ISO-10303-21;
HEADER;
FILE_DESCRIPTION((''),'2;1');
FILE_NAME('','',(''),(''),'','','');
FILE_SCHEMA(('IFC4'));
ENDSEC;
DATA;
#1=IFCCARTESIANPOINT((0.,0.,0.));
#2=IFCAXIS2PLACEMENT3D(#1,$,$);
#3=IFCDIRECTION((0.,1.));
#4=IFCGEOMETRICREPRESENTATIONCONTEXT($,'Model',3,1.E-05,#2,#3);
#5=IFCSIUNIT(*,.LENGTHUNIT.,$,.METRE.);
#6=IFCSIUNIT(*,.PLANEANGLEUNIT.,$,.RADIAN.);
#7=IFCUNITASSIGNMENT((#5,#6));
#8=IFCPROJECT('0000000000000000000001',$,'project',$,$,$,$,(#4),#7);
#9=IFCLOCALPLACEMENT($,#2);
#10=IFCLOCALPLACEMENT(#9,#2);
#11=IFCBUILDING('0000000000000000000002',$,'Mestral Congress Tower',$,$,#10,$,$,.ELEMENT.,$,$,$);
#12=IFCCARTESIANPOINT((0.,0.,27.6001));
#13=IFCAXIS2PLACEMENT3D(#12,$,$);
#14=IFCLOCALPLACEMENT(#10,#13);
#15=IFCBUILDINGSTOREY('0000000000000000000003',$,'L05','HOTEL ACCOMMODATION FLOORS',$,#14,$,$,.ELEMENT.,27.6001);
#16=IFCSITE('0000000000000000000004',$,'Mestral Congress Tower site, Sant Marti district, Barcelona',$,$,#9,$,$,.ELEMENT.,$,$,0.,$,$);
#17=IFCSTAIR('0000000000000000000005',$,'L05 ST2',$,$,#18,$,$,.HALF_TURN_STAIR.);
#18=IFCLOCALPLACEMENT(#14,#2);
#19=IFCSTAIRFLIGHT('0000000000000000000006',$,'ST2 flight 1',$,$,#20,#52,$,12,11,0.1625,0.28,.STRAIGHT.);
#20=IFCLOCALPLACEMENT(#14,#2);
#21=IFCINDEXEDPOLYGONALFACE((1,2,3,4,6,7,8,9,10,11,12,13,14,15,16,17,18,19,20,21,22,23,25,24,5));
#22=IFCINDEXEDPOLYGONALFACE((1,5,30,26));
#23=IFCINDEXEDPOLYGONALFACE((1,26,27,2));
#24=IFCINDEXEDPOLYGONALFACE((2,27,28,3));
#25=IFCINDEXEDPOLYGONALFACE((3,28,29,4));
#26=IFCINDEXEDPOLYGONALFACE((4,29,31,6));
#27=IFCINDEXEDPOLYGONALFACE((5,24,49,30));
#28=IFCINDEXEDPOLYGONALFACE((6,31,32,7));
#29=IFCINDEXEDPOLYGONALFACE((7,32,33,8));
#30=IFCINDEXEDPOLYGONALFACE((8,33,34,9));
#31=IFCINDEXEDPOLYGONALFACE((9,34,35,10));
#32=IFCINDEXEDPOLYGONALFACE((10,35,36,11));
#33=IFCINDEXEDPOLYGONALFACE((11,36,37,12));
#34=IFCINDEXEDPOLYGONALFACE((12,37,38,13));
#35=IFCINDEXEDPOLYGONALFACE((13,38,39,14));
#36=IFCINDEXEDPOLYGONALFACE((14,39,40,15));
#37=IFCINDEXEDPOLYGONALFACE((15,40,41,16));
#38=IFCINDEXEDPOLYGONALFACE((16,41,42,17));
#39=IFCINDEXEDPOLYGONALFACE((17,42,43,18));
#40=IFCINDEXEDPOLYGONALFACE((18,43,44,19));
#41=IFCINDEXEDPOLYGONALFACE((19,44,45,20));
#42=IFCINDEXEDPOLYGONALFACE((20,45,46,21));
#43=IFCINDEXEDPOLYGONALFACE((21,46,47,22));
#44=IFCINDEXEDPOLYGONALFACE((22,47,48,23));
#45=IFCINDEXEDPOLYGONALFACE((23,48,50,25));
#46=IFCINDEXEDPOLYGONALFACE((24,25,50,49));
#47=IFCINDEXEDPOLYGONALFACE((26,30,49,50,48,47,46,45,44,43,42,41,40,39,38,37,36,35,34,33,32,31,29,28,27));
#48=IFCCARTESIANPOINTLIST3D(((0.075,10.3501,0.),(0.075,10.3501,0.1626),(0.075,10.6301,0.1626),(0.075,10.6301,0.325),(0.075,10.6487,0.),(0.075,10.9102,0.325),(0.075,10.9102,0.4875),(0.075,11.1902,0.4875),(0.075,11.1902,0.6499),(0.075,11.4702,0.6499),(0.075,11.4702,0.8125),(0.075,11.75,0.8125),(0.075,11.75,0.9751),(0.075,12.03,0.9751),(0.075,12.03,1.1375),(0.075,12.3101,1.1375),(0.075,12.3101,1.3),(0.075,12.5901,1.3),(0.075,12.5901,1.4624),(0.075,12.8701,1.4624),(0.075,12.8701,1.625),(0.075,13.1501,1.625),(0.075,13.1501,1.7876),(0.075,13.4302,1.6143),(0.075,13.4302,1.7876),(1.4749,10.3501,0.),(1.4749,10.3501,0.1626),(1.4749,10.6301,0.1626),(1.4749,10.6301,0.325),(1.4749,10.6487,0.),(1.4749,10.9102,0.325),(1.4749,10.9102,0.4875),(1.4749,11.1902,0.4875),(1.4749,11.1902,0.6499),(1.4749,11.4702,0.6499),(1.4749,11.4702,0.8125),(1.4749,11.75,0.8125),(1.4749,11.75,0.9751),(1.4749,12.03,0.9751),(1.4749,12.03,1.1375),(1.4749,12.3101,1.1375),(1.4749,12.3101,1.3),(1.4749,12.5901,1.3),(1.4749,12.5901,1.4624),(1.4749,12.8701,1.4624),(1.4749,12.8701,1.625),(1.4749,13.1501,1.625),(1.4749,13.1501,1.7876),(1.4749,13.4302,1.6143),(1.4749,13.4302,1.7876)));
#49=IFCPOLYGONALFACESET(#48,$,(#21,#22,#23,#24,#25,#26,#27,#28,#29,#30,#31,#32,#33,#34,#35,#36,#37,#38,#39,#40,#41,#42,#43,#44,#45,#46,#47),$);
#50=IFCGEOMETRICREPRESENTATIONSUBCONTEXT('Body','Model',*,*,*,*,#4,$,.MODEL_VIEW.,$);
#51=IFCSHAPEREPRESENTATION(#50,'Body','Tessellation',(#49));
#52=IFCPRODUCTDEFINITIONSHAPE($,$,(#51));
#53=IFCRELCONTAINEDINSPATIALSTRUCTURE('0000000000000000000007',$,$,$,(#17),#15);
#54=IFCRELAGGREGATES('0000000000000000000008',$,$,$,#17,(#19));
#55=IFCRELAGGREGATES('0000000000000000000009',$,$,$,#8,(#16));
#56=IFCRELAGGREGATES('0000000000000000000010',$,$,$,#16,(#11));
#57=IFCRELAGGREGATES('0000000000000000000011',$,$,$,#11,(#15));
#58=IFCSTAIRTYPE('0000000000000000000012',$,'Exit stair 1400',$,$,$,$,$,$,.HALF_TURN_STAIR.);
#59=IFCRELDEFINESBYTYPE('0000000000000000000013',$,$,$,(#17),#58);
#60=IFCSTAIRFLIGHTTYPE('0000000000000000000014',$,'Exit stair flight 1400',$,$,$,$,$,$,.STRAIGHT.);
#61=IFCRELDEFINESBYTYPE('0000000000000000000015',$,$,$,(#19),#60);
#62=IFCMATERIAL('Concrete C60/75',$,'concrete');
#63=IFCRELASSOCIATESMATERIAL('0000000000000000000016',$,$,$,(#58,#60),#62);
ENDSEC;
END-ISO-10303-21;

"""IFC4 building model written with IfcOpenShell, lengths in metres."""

from ifc_helpers import new_model, si_unit, direction, frame, origin, place, context, subcontext, project, spatial, polyline, outline, extrude, material, type_object, element, aggregate, save


model = new_model("IFC4")

# Units and contexts
model_context = context("Model", 3, precision=1e-05, world=origin(), true_north=direction((0.0, 1.0)))
body_context = subcontext(model_context, "Body", "Model", "MODEL_VIEW")
ifc_project = project(units=[si_unit("LENGTHUNIT", "METRE"), si_unit("PLANEANGLEUNIT", "RADIAN")], contexts=[model_context])

# Site, building, storey
site_placement = place(None, origin())
site = spatial("IfcSite", under=ifc_project, at=site_placement, Name="Mestral Congress Tower site, Sant Marti district, Barcelona", CompositionType="ELEMENT", RefElevation=0.0)
building_placement = place(site_placement, origin())
building = spatial("IfcBuilding", under=site, at=building_placement, Name="Mestral Congress Tower", CompositionType="ELEMENT")
storey_placement = place(building_placement, frame((0.0, 0.0, 27.6001)))
storey = spatial("IfcBuildingStorey", under=building, at=storey_placement, Name="L05", Description="HOTEL ACCOMMODATION FLOORS", CompositionType="ELEMENT", Elevation=27.6001)

# Shared definitions
ifc_material_1 = material(Name="Concrete C60/75", Category="concrete")

# Stair, stair flight
stair_type = type_object("IfcStairType", Name="Exit stair 1400", PredefinedType="HALF_TURN_STAIR", material=ifc_material_1)
stair_placement = place(storey_placement, origin())
stair = element("IfcStair", 1, at=stair_placement, inside=storey, type_object=stair_type, Name="L05 ST2", PredefinedType="HALF_TURN_STAIR")
stair_flight_type = type_object("IfcStairFlightType", Name="Exit stair flight 1400", PredefinedType="STRAIGHT", material=ifc_material_1)
stair_flight_placement = place(storey_placement, frame((0.7749, 10.3501, 0.0), z_axis=(0.0, 0.0, 1.0), x_axis=(0.0, 1.0, 0.0)))
stair_flight = element("IfcStairFlight", 2, at=stair_flight_placement, type_object=stair_flight_type, Name="ST2 flight 1", NumberOfRisers=12, NumberOfTreads=11, PredefinedType="STRAIGHT", RiserHeight=0.1625, TreadLength=0.28, context=body_context, shape_type="SweptSolid", body=[
    extrude(outline(polyline([(0.0, 0.0), (0.0, 0.1626), (0.28, 0.1626), (0.28, 0.325), (0.5601, 0.325), (0.5601, 0.4875), (0.8401, 0.4875), (0.8401, 0.6499), (1.1201, 0.6499), (1.1201, 0.8125), (1.3999, 0.8125), (1.3999, 0.9751), (1.6799, 0.9751), (1.6799, 1.1375), (1.96, 1.1375), (1.96, 1.3), (2.24, 1.3), (2.24, 1.4624), (2.52, 1.4624), (2.52, 1.625), (2.8, 1.625), (2.8, 1.7876), (3.0801, 1.7876), (3.0801, 1.95), (3.0801, 1.6143), (0.2986, 0.0), (0.0, 0.0)])), frame((0.0, 0.7, 0.0), z_axis=(0.0, -1.0, 0.0), x_axis=(1.0, 0.0, 0.0)), (0.0, 0.0, 1.0), 1.3999),
])
aggregate(stair, [stair_flight])

save(model, "model.ifc")
